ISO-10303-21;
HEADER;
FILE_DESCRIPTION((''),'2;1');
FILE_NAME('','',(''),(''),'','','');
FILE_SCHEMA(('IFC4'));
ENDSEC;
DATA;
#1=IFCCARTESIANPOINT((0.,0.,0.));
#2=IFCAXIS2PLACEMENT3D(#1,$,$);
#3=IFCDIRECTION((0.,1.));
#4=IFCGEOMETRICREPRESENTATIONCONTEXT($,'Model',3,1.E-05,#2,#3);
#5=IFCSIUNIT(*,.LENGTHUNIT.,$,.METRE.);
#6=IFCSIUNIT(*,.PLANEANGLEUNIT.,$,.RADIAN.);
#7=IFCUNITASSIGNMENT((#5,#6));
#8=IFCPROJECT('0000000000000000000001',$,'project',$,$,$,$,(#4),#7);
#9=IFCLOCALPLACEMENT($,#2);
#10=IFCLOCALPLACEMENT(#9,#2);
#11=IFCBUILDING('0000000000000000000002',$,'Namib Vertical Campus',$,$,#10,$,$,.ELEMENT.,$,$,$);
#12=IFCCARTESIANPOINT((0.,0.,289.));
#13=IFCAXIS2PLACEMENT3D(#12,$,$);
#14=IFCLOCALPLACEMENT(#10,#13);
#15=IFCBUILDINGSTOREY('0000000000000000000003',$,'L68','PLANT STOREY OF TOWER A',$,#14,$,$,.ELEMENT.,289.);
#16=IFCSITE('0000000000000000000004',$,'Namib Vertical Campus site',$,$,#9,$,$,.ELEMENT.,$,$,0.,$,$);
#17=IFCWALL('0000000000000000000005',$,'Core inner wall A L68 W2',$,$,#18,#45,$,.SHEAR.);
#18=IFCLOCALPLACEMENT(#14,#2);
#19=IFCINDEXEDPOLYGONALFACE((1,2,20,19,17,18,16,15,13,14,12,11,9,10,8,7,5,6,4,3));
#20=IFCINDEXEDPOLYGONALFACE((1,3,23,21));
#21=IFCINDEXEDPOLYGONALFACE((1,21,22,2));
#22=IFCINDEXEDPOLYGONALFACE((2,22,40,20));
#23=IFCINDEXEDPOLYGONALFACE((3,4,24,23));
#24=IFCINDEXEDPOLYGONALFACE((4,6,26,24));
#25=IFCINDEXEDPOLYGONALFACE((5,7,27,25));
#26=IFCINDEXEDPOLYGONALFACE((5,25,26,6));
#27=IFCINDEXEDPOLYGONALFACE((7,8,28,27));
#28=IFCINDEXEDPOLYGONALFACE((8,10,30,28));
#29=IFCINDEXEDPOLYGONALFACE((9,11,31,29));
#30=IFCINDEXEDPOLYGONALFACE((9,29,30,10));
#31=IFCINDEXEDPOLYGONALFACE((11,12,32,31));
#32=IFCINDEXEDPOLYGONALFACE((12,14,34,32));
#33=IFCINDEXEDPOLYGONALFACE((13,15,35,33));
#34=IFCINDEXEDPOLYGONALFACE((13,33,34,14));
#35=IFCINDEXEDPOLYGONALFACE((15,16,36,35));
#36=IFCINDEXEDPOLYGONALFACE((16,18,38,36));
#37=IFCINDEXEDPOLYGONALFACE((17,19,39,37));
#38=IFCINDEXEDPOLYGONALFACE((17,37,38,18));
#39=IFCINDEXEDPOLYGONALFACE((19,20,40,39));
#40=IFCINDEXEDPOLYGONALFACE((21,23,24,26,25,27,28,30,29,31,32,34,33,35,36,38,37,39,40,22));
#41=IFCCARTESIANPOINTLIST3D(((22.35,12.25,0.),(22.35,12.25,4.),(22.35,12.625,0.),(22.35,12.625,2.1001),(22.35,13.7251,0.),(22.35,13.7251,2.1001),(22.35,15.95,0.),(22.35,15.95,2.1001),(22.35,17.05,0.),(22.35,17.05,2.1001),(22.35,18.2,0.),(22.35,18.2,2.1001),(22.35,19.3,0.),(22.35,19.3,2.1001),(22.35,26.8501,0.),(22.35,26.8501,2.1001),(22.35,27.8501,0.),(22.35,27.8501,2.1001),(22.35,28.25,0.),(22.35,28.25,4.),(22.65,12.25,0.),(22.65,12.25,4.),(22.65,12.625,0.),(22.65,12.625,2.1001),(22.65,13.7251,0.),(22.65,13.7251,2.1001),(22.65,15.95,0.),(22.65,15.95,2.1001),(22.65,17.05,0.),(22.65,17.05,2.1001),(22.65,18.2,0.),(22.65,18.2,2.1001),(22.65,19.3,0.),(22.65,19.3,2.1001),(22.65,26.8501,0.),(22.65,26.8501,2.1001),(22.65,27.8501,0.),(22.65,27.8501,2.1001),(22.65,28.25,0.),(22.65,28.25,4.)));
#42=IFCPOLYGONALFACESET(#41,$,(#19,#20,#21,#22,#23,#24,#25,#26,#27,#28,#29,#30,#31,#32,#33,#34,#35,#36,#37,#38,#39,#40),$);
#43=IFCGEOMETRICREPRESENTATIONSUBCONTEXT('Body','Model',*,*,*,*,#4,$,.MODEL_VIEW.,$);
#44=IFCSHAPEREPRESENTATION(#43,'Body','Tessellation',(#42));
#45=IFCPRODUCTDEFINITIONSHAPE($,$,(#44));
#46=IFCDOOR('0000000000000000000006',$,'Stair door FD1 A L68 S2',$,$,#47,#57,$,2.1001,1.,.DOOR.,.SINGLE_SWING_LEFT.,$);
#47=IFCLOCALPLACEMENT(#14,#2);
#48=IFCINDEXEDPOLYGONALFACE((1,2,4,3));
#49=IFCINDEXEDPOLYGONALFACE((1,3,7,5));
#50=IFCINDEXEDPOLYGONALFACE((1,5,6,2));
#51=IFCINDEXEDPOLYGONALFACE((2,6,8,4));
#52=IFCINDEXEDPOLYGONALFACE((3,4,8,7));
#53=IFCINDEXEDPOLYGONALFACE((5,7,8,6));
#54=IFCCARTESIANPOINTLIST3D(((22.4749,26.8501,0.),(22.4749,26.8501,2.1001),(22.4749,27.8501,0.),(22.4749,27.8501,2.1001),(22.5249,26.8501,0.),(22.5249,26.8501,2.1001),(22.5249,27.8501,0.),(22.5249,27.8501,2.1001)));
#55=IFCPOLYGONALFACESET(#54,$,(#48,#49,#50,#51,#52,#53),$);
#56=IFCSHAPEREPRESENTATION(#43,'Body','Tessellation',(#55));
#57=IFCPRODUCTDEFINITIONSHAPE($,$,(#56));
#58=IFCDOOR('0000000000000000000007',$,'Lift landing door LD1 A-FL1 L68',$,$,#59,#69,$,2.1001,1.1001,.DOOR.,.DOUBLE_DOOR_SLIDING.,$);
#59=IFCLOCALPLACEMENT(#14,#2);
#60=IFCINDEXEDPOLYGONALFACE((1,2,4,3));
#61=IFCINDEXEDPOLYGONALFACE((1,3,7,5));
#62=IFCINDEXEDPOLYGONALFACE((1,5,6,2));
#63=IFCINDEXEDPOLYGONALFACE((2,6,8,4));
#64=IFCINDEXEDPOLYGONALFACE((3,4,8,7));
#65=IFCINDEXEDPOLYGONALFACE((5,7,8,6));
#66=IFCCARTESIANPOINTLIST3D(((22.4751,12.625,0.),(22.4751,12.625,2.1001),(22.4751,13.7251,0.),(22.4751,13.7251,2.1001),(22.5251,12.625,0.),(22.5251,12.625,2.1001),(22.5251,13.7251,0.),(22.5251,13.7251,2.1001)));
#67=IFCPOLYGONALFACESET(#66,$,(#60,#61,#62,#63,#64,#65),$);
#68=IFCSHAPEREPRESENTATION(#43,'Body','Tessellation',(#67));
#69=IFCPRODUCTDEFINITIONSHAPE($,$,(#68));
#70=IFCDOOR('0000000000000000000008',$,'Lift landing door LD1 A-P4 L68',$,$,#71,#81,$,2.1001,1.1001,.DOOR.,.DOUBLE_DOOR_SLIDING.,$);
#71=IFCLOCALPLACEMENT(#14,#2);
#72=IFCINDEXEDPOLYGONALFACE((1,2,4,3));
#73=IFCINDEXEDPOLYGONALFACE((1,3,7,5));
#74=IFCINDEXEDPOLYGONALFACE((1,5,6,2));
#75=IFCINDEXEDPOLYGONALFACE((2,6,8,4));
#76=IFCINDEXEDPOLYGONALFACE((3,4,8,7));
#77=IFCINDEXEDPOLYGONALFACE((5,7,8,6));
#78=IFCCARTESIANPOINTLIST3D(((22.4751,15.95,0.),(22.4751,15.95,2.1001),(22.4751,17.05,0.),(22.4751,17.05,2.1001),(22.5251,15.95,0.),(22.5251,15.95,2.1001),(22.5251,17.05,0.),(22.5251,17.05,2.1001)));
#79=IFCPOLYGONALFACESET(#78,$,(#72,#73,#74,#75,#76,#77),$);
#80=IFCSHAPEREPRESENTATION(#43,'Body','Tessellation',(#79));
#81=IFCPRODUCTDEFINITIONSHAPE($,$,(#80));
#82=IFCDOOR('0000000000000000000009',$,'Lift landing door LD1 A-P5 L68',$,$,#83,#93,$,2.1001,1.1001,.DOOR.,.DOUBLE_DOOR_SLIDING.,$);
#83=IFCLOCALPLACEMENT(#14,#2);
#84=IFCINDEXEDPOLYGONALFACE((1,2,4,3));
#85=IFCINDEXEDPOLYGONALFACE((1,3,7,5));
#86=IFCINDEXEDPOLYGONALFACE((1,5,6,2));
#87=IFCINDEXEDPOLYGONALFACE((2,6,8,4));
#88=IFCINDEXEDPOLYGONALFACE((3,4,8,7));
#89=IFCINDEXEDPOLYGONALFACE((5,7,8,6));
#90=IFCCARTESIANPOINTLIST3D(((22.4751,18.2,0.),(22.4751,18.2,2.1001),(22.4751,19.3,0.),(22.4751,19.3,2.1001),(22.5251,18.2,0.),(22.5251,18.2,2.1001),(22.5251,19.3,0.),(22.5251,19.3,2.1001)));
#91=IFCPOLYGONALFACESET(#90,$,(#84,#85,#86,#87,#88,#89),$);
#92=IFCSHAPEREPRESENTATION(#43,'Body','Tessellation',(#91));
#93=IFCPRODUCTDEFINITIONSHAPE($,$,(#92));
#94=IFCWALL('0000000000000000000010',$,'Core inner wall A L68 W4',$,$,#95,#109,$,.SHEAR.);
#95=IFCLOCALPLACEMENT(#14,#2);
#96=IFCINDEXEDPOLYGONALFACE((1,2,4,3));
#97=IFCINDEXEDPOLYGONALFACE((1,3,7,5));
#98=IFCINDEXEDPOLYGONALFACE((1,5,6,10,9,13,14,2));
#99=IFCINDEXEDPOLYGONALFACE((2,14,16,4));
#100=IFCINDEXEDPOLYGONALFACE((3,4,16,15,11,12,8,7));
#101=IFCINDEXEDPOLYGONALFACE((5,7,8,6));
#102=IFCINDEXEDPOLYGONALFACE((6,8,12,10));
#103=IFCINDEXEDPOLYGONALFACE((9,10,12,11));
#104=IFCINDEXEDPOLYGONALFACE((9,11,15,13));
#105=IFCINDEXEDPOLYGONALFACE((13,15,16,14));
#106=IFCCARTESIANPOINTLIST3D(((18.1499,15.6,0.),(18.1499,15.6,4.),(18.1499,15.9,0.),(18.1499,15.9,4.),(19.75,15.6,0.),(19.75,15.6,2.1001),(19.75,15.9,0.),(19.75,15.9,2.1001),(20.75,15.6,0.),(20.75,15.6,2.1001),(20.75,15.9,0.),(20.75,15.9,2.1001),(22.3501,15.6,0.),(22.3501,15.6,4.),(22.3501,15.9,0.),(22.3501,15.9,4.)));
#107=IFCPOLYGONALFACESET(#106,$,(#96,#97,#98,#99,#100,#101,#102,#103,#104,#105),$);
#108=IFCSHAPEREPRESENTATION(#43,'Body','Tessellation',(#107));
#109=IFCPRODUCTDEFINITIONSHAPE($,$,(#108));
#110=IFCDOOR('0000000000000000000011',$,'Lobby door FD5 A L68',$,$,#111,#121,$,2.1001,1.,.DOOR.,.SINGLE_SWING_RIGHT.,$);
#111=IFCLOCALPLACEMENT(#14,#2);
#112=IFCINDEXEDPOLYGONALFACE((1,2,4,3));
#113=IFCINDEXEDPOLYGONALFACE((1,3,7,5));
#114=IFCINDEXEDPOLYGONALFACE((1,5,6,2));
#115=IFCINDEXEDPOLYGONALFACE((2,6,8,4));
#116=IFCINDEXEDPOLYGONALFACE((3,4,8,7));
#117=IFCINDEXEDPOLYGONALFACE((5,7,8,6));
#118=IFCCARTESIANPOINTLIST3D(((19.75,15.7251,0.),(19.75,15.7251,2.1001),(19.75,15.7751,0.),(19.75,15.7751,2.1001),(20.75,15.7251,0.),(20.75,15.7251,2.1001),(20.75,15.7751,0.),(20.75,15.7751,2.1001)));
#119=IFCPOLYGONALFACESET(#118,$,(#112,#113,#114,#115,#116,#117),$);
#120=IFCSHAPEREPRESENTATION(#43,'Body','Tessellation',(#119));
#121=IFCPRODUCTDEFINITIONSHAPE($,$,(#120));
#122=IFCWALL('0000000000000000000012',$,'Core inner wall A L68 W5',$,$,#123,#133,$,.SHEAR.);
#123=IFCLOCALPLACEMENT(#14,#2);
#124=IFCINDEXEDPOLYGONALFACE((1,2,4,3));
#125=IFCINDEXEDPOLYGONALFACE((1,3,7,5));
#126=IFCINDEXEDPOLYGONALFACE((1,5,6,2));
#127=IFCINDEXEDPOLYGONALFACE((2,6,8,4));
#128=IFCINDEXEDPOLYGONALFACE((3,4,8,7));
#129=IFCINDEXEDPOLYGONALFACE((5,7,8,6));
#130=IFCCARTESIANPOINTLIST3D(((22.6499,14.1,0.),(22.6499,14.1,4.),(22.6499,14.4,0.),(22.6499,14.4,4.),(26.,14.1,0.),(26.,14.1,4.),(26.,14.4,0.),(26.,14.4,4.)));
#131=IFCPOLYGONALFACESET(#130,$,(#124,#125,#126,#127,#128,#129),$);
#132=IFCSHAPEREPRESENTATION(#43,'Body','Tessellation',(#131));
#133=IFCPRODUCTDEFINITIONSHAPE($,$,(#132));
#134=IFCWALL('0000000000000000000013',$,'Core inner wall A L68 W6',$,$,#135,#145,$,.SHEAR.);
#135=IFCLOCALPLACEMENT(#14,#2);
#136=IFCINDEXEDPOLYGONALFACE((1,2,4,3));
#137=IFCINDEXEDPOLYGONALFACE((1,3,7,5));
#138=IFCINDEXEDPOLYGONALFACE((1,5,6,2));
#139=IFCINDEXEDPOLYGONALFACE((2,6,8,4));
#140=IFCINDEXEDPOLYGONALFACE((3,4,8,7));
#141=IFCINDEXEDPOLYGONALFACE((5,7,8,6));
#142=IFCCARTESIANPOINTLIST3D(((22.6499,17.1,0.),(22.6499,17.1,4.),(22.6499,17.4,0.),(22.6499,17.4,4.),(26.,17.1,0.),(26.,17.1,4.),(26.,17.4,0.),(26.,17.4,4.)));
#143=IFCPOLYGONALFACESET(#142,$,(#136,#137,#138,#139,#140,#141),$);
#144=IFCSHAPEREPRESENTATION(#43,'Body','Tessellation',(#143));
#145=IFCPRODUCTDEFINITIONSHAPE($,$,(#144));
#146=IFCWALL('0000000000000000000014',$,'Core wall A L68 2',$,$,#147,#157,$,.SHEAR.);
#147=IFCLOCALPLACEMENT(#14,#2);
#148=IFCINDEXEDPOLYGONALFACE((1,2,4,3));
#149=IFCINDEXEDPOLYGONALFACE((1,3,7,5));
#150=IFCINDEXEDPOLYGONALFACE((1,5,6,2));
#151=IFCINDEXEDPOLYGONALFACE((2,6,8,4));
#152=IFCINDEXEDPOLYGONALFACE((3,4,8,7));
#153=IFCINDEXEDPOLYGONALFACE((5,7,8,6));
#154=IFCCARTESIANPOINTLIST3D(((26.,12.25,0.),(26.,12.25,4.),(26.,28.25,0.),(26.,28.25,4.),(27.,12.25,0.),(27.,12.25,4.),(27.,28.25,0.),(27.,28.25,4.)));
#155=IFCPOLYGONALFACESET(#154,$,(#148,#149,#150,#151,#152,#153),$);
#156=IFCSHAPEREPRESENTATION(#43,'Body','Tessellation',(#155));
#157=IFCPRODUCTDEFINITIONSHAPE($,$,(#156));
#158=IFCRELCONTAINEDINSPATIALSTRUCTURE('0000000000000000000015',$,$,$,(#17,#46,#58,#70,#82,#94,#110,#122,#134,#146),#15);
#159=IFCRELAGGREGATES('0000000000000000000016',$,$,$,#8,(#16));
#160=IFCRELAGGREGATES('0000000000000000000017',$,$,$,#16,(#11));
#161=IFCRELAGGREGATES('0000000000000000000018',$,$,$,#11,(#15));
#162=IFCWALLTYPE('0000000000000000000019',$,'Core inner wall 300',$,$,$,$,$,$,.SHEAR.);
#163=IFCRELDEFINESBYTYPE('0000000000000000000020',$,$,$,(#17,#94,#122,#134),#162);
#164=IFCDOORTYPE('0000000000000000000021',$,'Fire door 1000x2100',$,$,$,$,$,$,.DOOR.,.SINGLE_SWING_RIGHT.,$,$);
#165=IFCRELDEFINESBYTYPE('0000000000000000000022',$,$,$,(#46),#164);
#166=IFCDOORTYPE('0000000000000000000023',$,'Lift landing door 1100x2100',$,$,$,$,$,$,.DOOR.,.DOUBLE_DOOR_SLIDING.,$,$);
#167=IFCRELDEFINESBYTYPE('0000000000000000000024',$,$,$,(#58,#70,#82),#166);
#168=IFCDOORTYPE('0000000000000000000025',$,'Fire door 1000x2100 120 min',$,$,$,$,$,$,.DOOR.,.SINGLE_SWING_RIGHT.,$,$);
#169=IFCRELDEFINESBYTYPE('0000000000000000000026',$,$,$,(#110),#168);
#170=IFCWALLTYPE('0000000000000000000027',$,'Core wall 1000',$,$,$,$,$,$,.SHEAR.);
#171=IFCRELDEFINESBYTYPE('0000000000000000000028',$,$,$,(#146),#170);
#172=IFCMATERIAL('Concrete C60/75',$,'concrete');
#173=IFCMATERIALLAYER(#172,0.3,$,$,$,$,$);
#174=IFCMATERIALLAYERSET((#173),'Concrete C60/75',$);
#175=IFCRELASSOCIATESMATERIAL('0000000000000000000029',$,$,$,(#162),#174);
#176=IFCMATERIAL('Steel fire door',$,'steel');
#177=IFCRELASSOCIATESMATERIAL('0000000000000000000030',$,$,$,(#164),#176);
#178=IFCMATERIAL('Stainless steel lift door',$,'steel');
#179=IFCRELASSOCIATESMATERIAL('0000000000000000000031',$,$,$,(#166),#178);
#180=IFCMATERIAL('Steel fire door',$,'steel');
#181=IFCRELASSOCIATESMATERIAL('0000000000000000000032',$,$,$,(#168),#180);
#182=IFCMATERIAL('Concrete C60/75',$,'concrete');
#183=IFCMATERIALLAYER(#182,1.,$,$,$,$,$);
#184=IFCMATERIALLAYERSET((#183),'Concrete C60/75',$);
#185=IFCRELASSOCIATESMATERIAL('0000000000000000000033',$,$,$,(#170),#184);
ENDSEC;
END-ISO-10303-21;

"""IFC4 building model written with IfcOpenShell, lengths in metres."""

from ifc_helpers import new_model, si_unit, direction, frame, frame_2d, origin, place, context, subcontext, project, spatial, rectangle, extrude, material, layer, layer_set, type_object, element, fill, save


model = new_model("IFC4")

# Units and contexts
model_context = context("Model", 3, precision=1e-05, world=origin(), true_north=direction((0.0, 1.0)))
body_context = subcontext(model_context, "Body", "Model", "MODEL_VIEW")
ifc_project = project(units=[si_unit("LENGTHUNIT", "METRE"), si_unit("PLANEANGLEUNIT", "RADIAN")], contexts=[model_context])

# Site, building, storey
site_placement = place(None, origin())
site = spatial("IfcSite", under=ifc_project, at=site_placement, Name="Namib Vertical Campus site", CompositionType="ELEMENT", RefElevation=0.0)
building_placement = place(site_placement, origin())
building = spatial("IfcBuilding", under=site, at=building_placement, Name="Namib Vertical Campus", CompositionType="ELEMENT")
storey_placement = place(building_placement, frame((0.0, 0.0, 289.0)))
storey = spatial("IfcBuildingStorey", under=building, at=storey_placement, Name="L68", Description="PLANT STOREY OF TOWER A", CompositionType="ELEMENT", Elevation=289.0)

# Wall, openings, doors
ifc_material_1 = material(Name="Concrete C60/75", Category="concrete")
ifc_layer_1 = layer(ifc_material_1, 0.3)
ifc_layer_set_1 = layer_set([ifc_layer_1], Name="Concrete C60/75")
wall_type_1 = type_object("IfcWallType", Name="Core inner wall 300", PredefinedType="SHEAR", material=ifc_layer_set_1)
ifc_material_2 = material(Name="Steel fire door", Category="steel")
door_type_1 = type_object("IfcDoorType", Name="Fire door 1000x2100", OperationType="SINGLE_SWING_RIGHT", PredefinedType="DOOR", material=ifc_material_2)
ifc_material_3 = material(Name="Stainless steel lift door", Category="steel")
door_type_2 = type_object("IfcDoorType", Name="Lift landing door 1100x2100", OperationType="DOUBLE_DOOR_SLIDING", PredefinedType="DOOR", material=ifc_material_3)
wall_1_placement = place(storey_placement, frame((22.5, 12.25, 0.0), z_axis=(0.0, 0.0, 1.0), x_axis=(0.0, 1.0, 0.0)))
wall_1 = element("IfcWall", 1, at=wall_1_placement, inside=storey, type_object=wall_type_1, Name="Core inner wall A L68 W2", PredefinedType="SHEAR", context=body_context, shape_type="SweptSolid", body=[
    extrude(rectangle(XDim=16.0, YDim=0.3, at=frame_2d((8.0, 0.0))), origin(), (0.0, 0.0, 1.0), 4.0),
])
opening_1_placement = place(wall_1_placement, frame((14.6001, 0.0, 0.0)))
opening_1 = element("IfcOpeningElement", 2, at=opening_1_placement, cuts=wall_1, PredefinedType="OPENING", context=body_context, shape_type="SweptSolid", body=[
    extrude(rectangle(XDim=1.0, YDim=2.1001, at=frame_2d((0.5, 1.05))), frame((0.0, 0.1599, 0.0), z_axis=(0.0, -1.0, 0.0), x_axis=(1.0, 0.0, 0.0)), (0.0, 0.0, 1.0), 0.3201),
])
opening_2_placement = place(wall_1_placement, frame((0.375, 0.0, 0.0)))
opening_2 = element("IfcOpeningElement", 3, at=opening_2_placement, cuts=wall_1, PredefinedType="OPENING", context=body_context, shape_type="SweptSolid", body=[
    extrude(rectangle(XDim=1.1001, YDim=2.1001, at=frame_2d((0.55, 1.05))), frame((0.0, 0.1599, 0.0), z_axis=(0.0, -1.0, 0.0), x_axis=(1.0, 0.0, 0.0)), (0.0, 0.0, 1.0), 0.3201),
])
opening_3_placement = place(wall_1_placement, frame((3.7, 0.0, 0.0)))
opening_3 = element("IfcOpeningElement", 4, at=opening_3_placement, cuts=wall_1, PredefinedType="OPENING", context=body_context, shape_type="SweptSolid", body=[
    extrude(rectangle(XDim=1.1001, YDim=2.1001, at=frame_2d((0.55, 1.05))), frame((0.0, 0.1599, 0.0), z_axis=(0.0, -1.0, 0.0), x_axis=(1.0, 0.0, 0.0)), (0.0, 0.0, 1.0), 0.3201),
])
opening_4_placement = place(wall_1_placement, frame((5.95, 0.0, 0.0)))
opening_4 = element("IfcOpeningElement", 5, at=opening_4_placement, cuts=wall_1, PredefinedType="OPENING", context=body_context, shape_type="SweptSolid", body=[
    extrude(rectangle(XDim=1.1001, YDim=2.1001, at=frame_2d((0.55, 1.05))), frame((0.0, 0.1599, 0.0), z_axis=(0.0, -1.0, 0.0), x_axis=(1.0, 0.0, 0.0)), (0.0, 0.0, 1.0), 0.3201),
])
door_1_placement = place(opening_1_placement, frame((1.0, 0.0, 0.0), z_axis=(0.0, 0.0, 1.0), x_axis=(-1.0, 0.0, 0.0)))
door_1 = element("IfcDoor", 6, at=door_1_placement, inside=storey, type_object=door_type_1, Name="Stair door FD1 A L68 S2", OperationType="SINGLE_SWING_LEFT", OverallHeight=2.1001, OverallWidth=1.0, PredefinedType="DOOR", context=body_context, shape_type="SweptSolid", body=[
    extrude(rectangle(XDim=1.0, YDim=2.1001, at=frame_2d((0.5, 1.05))), frame((0.0, 0.0249, 0.0), z_axis=(0.0, -1.0, 0.0), x_axis=(1.0, 0.0, 0.0)), (0.0, 0.0, 1.0), 0.05),
])
fill(opening_1, door_1)
door_2_placement = place(opening_2_placement, origin())
door_2 = element("IfcDoor", 7, at=door_2_placement, inside=storey, type_object=door_type_2, Name="Lift landing door LD1 A-FL1 L68", OperationType="DOUBLE_DOOR_SLIDING", OverallHeight=2.1001, OverallWidth=1.1001, PredefinedType="DOOR", context=body_context, shape_type="SweptSolid", body=[
    extrude(rectangle(XDim=1.1001, YDim=2.1001, at=frame_2d((0.55, 1.05))), frame((0.0, 0.0249, 0.0), z_axis=(0.0, -1.0, 0.0), x_axis=(1.0, 0.0, 0.0)), (0.0, 0.0, 1.0), 0.05),
])
fill(opening_2, door_2)
door_3_placement = place(opening_3_placement, origin())
door_3 = element("IfcDoor", 8, at=door_3_placement, inside=storey, type_object=door_type_2, Name="Lift landing door LD1 A-P4 L68", OperationType="DOUBLE_DOOR_SLIDING", OverallHeight=2.1001, OverallWidth=1.1001, PredefinedType="DOOR", context=body_context, shape_type="SweptSolid", body=[
    extrude(rectangle(XDim=1.1001, YDim=2.1001, at=frame_2d((0.55, 1.05))), frame((0.0, 0.0249, 0.0), z_axis=(0.0, -1.0, 0.0), x_axis=(1.0, 0.0, 0.0)), (0.0, 0.0, 1.0), 0.05),
])
fill(opening_3, door_3)
door_4_placement = place(opening_4_placement, origin())
door_4 = element("IfcDoor", 9, at=door_4_placement, inside=storey, type_object=door_type_2, Name="Lift landing door LD1 A-P5 L68", OperationType="DOUBLE_DOOR_SLIDING", OverallHeight=2.1001, OverallWidth=1.1001, PredefinedType="DOOR", context=body_context, shape_type="SweptSolid", body=[
    extrude(rectangle(XDim=1.1001, YDim=2.1001, at=frame_2d((0.55, 1.05))), frame((0.0, 0.0249, 0.0), z_axis=(0.0, -1.0, 0.0), x_axis=(1.0, 0.0, 0.0)), (0.0, 0.0, 1.0), 0.05),
])
fill(opening_4, door_4)

# Wall, opening, door
wall_2_placement = place(storey_placement, frame((18.1499, 15.75, 0.0), z_axis=(0.0, 0.0, 1.0), x_axis=(1.0, 0.0, 0.0)))
wall_2 = element("IfcWall", 10, at=wall_2_placement, inside=storey, type_object=wall_type_1, Name="Core inner wall A L68 W4", PredefinedType="SHEAR", context=body_context, shape_type="SweptSolid", body=[
    extrude(rectangle(XDim=4.2002, YDim=0.3, at=frame_2d((2.1001, 0.0))), origin(), (0.0, 0.0, 1.0), 4.0),
])
opening_5_placement = place(wall_2_placement, frame((1.6001, 0.0, 0.0)))
opening_5 = element("IfcOpeningElement", 11, at=opening_5_placement, cuts=wall_2, PredefinedType="OPENING", context=body_context, shape_type="SweptSolid", body=[
    extrude(rectangle(XDim=1.0, YDim=2.1001, at=frame_2d((0.5, 1.05))), frame((0.0, 0.1599, 0.0), z_axis=(0.0, -1.0, 0.0), x_axis=(1.0, 0.0, 0.0)), (0.0, 0.0, 1.0), 0.3201),
])
ifc_material_4 = material(Name="Steel fire door", Category="steel")
door_type_3 = type_object("IfcDoorType", Name="Fire door 1000x2100 120 min", OperationType="SINGLE_SWING_RIGHT", PredefinedType="DOOR", material=ifc_material_4)
door_5_placement = place(opening_5_placement, frame((1.0, 0.0, 0.0), z_axis=(0.0, 0.0, 1.0), x_axis=(-1.0, 0.0, 0.0)))
door_5 = element("IfcDoor", 12, at=door_5_placement, inside=storey, type_object=door_type_3, Name="Lobby door FD5 A L68", OperationType="SINGLE_SWING_RIGHT", OverallHeight=2.1001, OverallWidth=1.0, PredefinedType="DOOR", context=body_context, shape_type="SweptSolid", body=[
    extrude(rectangle(XDim=1.0, YDim=2.1001, at=frame_2d((0.5, 1.05))), frame((0.0, 0.0249, 0.0), z_axis=(0.0, -1.0, 0.0), x_axis=(1.0, 0.0, 0.0)), (0.0, 0.0, 1.0), 0.05),
])
fill(opening_5, door_5)

# Walls
for number, where, z_axis, x_axis, name in (
    (13, (22.6499, 14.25, 0.0), (0.0, 0.0, 1.0), (1.0, 0.0, 0.0), "Core inner wall A L68 W5"),
    (14, (22.6499, 17.25, 0.0), (0.0, 0.0, 1.0), (1.0, 0.0, 0.0), "Core inner wall A L68 W6"),
):
    element("IfcWall", number, at=place(storey_placement, frame(where, z_axis=z_axis, x_axis=x_axis)), inside=storey, type_object=wall_type_1, Name=name, PredefinedType="SHEAR", context=body_context, shape_type="SweptSolid", body=[
        extrude(rectangle(XDim=3.3501, YDim=0.3, at=frame_2d((1.675, 0.0))), origin(), (0.0, 0.0, 1.0), 4.0),
    ])
ifc_material_5 = material(Name="Concrete C60/75", Category="concrete")
ifc_layer_2 = layer(ifc_material_5, 1.0)
ifc_layer_set_2 = layer_set([ifc_layer_2], Name="Concrete C60/75")
wall_type_2 = type_object("IfcWallType", Name="Core wall 1000", PredefinedType="SHEAR", material=ifc_layer_set_2)
wall_3_placement = place(storey_placement, frame((26.5, 12.25, 0.0), z_axis=(0.0, 0.0, 1.0), x_axis=(0.0, 1.0, 0.0)))
element("IfcWall", 15, at=wall_3_placement, inside=storey, type_object=wall_type_2, Name="Core wall A L68 2", PredefinedType="SHEAR", context=body_context, shape_type="SweptSolid", body=[
    extrude(rectangle(XDim=16.0, YDim=1.0, at=frame_2d((8.0, 0.0))), origin(), (0.0, 0.0, 1.0), 4.0),
])

save(model, "model.ifc")
